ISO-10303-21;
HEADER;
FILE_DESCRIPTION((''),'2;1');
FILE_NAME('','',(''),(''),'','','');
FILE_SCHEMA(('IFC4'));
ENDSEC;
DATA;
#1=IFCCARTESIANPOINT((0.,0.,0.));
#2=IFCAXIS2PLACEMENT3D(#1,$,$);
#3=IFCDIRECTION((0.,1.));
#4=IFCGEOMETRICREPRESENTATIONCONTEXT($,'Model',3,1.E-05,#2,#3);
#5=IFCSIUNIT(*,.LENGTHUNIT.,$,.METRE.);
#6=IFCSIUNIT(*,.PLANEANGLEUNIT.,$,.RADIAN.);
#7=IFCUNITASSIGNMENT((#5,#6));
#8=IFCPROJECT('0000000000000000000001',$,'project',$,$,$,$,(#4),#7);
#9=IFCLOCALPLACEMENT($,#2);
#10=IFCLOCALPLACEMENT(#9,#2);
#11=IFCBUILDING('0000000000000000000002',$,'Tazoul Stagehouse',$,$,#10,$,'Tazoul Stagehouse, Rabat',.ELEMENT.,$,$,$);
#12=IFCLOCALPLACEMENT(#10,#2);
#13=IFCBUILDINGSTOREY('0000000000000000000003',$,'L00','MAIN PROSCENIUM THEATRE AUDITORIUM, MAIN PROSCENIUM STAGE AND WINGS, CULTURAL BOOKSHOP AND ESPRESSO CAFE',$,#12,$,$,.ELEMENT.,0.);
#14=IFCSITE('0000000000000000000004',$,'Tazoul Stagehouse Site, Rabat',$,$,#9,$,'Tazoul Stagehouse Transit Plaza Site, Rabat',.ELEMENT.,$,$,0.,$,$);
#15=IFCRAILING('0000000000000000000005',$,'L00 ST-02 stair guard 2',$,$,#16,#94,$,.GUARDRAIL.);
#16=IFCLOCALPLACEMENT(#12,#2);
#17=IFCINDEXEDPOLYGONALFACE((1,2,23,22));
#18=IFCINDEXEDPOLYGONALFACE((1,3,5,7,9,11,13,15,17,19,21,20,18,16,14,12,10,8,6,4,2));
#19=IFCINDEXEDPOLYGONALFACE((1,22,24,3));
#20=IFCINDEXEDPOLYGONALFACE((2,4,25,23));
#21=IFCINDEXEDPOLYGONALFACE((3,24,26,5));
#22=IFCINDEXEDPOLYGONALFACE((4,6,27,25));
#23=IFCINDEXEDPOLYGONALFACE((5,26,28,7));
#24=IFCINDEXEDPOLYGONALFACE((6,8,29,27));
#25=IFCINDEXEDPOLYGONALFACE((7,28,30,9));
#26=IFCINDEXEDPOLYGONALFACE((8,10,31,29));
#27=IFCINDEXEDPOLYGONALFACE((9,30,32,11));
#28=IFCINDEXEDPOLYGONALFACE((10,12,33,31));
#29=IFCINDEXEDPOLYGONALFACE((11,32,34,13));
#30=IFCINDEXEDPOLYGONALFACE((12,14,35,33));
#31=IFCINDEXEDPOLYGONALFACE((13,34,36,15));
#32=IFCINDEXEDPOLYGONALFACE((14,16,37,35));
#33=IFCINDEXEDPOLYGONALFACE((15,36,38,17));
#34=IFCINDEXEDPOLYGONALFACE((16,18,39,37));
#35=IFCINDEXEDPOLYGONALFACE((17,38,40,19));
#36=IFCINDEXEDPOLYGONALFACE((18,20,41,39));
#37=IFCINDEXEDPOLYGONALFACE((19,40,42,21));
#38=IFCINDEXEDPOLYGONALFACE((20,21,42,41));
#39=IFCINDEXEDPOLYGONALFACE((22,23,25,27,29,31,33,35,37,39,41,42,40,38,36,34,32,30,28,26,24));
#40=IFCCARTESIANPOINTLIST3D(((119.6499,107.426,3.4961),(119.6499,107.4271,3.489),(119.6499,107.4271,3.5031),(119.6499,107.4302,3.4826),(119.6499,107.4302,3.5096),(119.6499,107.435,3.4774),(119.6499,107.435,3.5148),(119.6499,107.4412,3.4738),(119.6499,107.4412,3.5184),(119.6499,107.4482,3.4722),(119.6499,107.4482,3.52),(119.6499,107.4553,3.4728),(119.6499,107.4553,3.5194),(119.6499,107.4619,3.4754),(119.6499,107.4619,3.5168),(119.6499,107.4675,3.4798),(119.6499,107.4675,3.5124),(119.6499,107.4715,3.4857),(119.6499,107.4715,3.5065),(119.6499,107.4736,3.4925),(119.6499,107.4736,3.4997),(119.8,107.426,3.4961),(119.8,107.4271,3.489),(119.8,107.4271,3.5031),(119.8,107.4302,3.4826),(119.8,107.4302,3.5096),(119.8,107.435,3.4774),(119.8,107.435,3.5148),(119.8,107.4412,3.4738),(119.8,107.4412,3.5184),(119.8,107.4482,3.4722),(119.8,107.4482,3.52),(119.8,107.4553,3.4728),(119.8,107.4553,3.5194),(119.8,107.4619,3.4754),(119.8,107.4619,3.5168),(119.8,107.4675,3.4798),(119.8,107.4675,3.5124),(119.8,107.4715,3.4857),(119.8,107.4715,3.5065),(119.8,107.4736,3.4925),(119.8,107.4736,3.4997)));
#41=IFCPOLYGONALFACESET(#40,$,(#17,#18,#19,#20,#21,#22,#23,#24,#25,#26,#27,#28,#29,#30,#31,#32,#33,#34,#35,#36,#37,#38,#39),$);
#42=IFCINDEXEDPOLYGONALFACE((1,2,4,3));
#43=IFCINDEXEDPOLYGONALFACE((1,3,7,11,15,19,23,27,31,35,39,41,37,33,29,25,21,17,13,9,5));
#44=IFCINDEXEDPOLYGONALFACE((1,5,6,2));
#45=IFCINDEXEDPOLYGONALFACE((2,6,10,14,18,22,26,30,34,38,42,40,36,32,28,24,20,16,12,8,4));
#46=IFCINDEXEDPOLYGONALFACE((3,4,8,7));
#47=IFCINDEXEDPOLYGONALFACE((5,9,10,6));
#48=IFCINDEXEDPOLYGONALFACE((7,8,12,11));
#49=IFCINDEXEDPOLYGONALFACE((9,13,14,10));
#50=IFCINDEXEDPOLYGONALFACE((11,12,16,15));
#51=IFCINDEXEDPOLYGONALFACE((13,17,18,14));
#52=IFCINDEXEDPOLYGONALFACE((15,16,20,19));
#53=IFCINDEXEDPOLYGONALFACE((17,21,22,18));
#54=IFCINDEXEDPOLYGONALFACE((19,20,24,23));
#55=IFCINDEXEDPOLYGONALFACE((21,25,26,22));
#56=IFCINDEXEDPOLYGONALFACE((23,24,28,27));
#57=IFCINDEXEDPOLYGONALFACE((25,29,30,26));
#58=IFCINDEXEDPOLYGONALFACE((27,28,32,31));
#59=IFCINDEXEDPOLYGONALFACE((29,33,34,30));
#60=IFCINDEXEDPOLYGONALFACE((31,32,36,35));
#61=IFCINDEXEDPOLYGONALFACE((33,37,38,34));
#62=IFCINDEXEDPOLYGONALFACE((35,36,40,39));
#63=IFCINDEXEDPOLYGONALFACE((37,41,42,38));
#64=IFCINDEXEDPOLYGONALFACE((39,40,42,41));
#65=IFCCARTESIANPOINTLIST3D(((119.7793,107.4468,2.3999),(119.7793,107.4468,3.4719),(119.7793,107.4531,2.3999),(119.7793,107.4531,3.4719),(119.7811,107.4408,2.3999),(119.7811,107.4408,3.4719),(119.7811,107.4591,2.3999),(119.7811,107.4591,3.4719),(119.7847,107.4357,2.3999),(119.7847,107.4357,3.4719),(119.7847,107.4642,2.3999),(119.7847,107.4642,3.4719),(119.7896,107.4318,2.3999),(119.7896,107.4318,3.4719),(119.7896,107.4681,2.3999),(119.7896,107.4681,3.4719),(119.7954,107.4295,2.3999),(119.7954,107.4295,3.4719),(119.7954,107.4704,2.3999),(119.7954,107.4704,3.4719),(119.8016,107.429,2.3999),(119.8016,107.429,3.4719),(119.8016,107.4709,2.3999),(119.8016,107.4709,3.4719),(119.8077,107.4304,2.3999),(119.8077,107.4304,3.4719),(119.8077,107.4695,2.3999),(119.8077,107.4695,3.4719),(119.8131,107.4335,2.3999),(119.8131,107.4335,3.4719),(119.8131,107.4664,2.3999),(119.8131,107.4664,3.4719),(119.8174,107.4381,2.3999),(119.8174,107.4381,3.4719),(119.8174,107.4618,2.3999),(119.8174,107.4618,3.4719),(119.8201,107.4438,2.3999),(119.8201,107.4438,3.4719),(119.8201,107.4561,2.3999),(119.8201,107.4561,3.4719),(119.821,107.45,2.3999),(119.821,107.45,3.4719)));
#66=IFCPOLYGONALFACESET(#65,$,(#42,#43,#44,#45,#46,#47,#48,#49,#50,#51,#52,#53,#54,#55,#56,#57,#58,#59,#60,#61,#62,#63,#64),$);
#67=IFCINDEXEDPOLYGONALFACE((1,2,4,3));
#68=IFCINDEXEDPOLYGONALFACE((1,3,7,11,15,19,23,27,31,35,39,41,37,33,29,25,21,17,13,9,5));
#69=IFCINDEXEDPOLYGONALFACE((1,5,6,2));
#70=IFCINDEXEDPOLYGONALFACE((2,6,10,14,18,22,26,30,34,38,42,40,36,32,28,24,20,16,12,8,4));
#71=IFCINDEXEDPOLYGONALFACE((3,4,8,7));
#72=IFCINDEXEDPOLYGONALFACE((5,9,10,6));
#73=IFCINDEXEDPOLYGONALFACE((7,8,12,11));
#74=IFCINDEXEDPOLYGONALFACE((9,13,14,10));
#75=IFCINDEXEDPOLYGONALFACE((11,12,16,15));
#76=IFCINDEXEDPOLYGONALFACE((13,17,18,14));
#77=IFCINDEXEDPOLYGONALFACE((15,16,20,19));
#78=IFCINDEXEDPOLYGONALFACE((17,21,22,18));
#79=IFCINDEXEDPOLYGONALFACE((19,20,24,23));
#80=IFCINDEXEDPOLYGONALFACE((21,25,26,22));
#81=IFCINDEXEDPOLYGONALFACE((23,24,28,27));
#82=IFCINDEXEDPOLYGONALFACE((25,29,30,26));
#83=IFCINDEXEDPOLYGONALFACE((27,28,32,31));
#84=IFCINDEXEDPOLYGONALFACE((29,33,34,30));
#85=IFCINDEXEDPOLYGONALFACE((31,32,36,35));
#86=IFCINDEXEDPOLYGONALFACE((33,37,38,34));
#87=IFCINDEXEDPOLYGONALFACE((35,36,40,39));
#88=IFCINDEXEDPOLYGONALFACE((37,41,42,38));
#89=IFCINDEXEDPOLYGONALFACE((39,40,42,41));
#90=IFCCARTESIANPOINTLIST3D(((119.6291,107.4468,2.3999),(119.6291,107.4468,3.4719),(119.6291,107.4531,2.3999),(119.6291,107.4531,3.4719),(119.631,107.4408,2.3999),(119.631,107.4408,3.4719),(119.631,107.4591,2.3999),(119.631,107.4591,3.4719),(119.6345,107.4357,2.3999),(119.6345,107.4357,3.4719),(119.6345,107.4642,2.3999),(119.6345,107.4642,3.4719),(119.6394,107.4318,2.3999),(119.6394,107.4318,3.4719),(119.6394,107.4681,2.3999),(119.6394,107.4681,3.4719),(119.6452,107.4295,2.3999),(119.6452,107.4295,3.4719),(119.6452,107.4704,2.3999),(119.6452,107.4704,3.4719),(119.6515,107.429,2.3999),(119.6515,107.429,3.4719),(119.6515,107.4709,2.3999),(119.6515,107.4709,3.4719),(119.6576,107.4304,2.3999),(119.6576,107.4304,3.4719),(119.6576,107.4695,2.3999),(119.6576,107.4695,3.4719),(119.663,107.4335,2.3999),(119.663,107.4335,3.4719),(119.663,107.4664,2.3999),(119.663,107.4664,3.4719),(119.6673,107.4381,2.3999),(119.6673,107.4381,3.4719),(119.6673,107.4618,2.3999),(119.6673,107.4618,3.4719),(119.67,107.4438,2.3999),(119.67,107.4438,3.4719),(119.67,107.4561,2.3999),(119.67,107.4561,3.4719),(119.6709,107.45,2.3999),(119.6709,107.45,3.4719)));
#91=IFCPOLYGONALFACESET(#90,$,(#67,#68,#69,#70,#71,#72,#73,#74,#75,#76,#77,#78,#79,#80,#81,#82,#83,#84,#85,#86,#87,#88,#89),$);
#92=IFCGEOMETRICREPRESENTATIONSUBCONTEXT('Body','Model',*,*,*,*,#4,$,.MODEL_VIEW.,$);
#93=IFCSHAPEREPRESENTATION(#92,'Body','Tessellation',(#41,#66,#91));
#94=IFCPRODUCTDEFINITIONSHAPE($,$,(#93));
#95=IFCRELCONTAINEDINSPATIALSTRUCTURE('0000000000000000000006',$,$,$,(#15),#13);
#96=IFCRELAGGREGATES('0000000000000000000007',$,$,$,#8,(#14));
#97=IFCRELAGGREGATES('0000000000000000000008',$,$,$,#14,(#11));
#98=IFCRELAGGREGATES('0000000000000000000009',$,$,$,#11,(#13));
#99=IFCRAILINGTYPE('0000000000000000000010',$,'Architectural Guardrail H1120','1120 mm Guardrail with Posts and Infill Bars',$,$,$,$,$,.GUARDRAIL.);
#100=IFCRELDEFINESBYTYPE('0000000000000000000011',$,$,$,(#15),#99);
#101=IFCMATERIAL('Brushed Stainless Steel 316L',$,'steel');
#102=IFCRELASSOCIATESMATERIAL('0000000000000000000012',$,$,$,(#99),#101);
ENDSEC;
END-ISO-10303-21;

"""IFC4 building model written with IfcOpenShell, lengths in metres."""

from ifc_helpers import new_model, si_unit, direction, frame, origin, origin_2d, place, context, subcontext, project, spatial, circle, extrude, material, material_profile, profile_set, type_object, element, save


model = new_model("IFC4")

# Units and contexts
model_context = context("Model", 3, precision=1e-05, world=origin(), true_north=direction((0.0, 1.0)))
body_context = subcontext(model_context, "Body", "Model", "MODEL_VIEW")
ifc_project = project(units=[si_unit("LENGTHUNIT", "METRE"), si_unit("PLANEANGLEUNIT", "RADIAN")], contexts=[model_context])

# Site, building, storey
site_placement = place(None, origin())
site = spatial("IfcSite", under=ifc_project, at=site_placement, Name="Tazoul Stagehouse Site, Rabat", LongName="Tazoul Stagehouse Transit Plaza Site, Rabat", CompositionType="ELEMENT", RefElevation=0.0)
building_placement = place(site_placement, origin())
building = spatial("IfcBuilding", under=site, at=building_placement, Name="Tazoul Stagehouse", LongName="Tazoul Stagehouse, Rabat", CompositionType="ELEMENT")
storey_placement = place(building_placement, origin())
storey = spatial("IfcBuildingStorey", under=building, at=storey_placement, Name="L00", Description="MAIN PROSCENIUM THEATRE AUDITORIUM, MAIN PROSCENIUM STAGE AND WINGS, CULTURAL BOOKSHOP AND ESPRESSO CAFE", CompositionType="ELEMENT", Elevation=0.0)

# Railing
ifc_material_1 = material(Name="Brushed Stainless Steel 316L", Category="steel")
ifc_material_profile_1 = material_profile(ifc_material_1, circle(Radius=0.0239, at=origin_2d()), Name="SS RAIL D48")
ifc_profile_set_1 = profile_set([ifc_material_profile_1], Name="Brushed Stainless Steel 316L")
railing_type_1 = type_object("IfcRailingType", Name="Architectural Guardrail H1120", Description="1120 mm Guardrail with Posts and Infill Bars", PredefinedType="GUARDRAIL", material=ifc_profile_set_1)
railing_1_placement = place(storey_placement, frame((119.8, 107.45, 2.3999)))
element("IfcRailing", 1, at=railing_1_placement, inside=storey, type_object=railing_type_1, Name="L00 ST-02 stair guard 2", PredefinedType="GUARDRAIL", context=body_context, shape_type="SweptSolid", body=[
    extrude(circle(Radius=0.0239, at=origin_2d()), frame((0.0, 0.0, 1.0962), z_axis=(-1.0, 0.0, 0.0), x_axis=(0.0, -1.0, 0.0)), (0.0, 0.0, 1.0), 0.1501),
    extrude(circle(Radius=0.021, at=origin_2d()), origin(), (0.0, 0.0, 1.0), 1.072),
    extrude(circle(Radius=0.021, at=origin_2d()), frame((-0.1501, 0.0, 0.0)), (0.0, 0.0, 1.0), 1.072),
])

save(model, "model.ifc")
